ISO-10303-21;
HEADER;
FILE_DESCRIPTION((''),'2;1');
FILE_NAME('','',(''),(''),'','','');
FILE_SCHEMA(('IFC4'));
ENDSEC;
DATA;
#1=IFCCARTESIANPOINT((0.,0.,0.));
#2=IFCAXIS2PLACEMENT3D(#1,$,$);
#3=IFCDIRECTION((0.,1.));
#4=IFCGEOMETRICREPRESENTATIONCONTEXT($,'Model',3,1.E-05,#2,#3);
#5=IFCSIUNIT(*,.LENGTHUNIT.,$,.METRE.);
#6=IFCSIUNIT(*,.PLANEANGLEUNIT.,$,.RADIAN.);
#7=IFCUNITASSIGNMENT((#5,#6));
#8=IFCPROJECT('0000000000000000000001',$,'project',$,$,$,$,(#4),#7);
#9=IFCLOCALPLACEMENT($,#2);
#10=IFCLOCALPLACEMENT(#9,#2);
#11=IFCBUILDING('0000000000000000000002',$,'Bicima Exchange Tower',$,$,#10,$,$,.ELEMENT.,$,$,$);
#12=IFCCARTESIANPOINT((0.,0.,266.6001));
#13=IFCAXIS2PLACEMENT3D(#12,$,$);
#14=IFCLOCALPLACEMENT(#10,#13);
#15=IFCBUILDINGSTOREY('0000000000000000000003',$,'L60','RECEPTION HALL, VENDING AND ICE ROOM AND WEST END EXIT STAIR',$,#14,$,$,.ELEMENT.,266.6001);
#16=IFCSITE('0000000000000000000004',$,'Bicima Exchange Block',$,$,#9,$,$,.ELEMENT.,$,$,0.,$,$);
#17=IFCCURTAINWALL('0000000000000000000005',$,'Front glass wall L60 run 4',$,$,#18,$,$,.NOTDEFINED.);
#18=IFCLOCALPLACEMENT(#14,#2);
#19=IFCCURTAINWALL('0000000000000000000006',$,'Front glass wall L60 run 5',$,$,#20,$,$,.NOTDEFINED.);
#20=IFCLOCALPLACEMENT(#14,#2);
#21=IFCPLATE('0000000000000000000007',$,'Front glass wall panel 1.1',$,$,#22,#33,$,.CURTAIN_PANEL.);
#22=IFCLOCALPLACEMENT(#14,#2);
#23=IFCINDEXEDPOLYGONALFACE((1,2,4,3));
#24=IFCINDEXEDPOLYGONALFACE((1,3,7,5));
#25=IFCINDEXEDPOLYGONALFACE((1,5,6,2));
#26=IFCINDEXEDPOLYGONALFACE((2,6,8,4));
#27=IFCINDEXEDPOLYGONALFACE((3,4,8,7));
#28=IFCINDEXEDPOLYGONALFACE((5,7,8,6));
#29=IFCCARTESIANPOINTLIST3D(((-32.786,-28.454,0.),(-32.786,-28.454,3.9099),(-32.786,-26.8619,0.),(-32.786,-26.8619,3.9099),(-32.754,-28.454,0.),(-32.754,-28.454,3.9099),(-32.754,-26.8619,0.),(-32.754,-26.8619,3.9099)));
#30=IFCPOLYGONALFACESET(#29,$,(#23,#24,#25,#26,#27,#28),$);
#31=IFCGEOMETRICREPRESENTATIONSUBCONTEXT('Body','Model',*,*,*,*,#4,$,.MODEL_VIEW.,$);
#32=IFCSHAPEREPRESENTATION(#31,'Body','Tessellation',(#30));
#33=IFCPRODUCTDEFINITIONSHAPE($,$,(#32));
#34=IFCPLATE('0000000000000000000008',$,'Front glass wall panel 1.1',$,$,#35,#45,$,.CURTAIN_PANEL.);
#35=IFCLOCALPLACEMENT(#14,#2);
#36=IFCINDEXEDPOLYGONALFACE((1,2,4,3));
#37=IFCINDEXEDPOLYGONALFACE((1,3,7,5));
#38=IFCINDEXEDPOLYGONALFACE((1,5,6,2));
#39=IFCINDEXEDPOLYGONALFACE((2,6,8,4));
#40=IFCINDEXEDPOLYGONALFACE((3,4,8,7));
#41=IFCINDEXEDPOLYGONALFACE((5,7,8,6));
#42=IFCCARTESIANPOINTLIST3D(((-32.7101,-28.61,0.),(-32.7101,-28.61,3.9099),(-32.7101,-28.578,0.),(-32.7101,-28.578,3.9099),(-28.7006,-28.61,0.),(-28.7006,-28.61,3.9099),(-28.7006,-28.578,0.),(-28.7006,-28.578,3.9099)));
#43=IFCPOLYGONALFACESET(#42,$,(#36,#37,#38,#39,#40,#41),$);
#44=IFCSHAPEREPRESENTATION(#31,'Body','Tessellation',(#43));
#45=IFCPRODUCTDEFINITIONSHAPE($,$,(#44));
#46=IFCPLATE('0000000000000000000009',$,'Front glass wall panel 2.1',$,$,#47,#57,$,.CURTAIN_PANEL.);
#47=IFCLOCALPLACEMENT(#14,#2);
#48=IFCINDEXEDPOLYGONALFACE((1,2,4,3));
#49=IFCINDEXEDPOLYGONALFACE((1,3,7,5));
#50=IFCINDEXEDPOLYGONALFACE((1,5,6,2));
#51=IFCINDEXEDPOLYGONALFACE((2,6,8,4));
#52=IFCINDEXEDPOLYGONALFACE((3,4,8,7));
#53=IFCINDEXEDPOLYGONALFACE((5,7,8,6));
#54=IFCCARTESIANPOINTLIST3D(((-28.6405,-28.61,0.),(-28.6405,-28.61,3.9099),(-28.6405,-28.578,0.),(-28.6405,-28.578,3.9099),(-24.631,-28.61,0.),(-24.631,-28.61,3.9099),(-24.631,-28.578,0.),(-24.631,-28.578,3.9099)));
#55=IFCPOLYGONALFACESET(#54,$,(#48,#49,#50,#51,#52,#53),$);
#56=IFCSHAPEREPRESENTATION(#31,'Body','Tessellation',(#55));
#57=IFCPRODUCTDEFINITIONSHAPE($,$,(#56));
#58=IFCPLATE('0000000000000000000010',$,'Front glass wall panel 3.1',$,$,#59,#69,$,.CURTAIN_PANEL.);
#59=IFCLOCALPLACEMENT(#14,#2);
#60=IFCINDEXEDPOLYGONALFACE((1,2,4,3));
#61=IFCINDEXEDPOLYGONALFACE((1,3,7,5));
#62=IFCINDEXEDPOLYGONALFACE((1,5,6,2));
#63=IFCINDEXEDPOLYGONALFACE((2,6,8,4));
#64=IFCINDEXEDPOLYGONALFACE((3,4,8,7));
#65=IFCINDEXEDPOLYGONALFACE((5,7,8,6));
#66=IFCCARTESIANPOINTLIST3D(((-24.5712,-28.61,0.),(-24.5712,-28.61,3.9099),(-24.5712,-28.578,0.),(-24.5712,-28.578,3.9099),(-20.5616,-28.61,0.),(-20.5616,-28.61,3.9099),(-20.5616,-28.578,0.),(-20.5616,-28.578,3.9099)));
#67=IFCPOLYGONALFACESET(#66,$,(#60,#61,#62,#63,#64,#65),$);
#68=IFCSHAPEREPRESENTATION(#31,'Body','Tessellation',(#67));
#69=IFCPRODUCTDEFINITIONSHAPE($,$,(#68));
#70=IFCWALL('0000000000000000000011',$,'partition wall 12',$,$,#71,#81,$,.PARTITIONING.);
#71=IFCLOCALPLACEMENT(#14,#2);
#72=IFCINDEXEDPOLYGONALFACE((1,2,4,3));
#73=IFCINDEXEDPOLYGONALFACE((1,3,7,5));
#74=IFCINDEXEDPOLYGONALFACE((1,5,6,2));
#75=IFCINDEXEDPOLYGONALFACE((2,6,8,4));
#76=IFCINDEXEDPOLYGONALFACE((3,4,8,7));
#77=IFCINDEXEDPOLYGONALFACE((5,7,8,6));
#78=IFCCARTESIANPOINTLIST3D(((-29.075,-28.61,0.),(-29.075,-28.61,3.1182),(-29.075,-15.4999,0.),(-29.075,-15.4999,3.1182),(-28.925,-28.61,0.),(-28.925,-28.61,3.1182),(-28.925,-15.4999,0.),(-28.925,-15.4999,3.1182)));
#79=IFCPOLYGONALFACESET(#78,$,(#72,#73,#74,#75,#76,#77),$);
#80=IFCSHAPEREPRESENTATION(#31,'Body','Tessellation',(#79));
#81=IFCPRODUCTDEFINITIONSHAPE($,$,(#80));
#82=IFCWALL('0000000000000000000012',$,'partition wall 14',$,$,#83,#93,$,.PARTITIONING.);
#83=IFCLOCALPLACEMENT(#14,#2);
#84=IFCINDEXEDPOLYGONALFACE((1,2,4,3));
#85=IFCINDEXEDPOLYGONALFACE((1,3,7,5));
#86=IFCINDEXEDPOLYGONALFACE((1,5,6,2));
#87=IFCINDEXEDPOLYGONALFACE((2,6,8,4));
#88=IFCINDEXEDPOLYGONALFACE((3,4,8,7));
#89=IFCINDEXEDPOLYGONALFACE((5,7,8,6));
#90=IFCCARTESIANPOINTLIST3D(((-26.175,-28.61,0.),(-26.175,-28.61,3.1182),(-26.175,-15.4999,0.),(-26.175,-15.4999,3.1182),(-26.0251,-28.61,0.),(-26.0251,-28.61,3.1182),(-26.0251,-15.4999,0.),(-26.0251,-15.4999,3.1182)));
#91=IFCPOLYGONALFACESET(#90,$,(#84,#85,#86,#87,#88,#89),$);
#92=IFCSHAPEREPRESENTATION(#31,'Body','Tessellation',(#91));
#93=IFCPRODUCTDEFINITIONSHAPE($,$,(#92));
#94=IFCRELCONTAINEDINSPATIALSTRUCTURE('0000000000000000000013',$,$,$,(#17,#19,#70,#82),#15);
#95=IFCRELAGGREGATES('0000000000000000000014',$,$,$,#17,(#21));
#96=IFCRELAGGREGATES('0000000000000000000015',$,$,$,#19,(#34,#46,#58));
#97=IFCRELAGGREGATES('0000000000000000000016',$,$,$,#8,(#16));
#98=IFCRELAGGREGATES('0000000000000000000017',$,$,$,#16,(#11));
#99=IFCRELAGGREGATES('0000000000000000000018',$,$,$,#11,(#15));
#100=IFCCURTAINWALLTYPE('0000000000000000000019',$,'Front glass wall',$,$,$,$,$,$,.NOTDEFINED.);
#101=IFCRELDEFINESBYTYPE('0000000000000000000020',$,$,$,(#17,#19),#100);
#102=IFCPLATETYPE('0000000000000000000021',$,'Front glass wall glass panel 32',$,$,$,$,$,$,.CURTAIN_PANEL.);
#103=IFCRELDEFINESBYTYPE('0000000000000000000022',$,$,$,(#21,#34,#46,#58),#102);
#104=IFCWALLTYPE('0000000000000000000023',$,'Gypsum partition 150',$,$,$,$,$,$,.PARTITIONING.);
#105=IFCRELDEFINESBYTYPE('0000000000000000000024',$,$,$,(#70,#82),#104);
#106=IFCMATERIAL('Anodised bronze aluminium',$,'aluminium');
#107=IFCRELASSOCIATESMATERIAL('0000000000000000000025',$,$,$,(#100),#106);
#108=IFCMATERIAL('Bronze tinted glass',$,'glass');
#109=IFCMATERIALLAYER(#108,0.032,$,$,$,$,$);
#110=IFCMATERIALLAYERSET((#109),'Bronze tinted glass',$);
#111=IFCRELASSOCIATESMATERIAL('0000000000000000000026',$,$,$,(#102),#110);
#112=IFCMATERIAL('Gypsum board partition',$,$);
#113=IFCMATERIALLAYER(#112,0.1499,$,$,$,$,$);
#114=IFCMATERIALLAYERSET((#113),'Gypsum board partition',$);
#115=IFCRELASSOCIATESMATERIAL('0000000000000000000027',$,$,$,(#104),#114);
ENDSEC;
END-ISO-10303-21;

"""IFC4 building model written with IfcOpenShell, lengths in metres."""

from ifc_helpers import new_model, si_unit, direction, frame, frame_2d, origin, origin_2d, place, context, subcontext, project, spatial, rectangle, extrude, material, layer, layer_set, type_object, element, aggregate, save


model = new_model("IFC4")

# Units and contexts
model_context = context("Model", 3, precision=1e-05, world=origin(), true_north=direction((0.0, 1.0)))
body_context = subcontext(model_context, "Body", "Model", "MODEL_VIEW")
ifc_project = project(units=[si_unit("LENGTHUNIT", "METRE"), si_unit("PLANEANGLEUNIT", "RADIAN")], contexts=[model_context])

# Site, building, storey
site_placement = place(None, origin())
site = spatial("IfcSite", under=ifc_project, at=site_placement, Name="Bicima Exchange Block", CompositionType="ELEMENT", RefElevation=0.0)
building_placement = place(site_placement, origin())
building = spatial("IfcBuilding", under=site, at=building_placement, Name="Bicima Exchange Tower", CompositionType="ELEMENT")
storey_placement = place(building_placement, frame((0.0, 0.0, 266.6001)))
storey = spatial("IfcBuildingStorey", under=building, at=storey_placement, Name="L60", Description="RECEPTION HALL, VENDING AND ICE ROOM AND WEST END EXIT STAIR", CompositionType="ELEMENT", Elevation=266.6001)

# Curtain walls
ifc_material_1 = material(Name="Anodised bronze aluminium", Category="aluminium")
curtain_wall_type = type_object("IfcCurtainWallType", Name="Front glass wall", PredefinedType="NOTDEFINED", material=ifc_material_1)
curtain_wall_1_placement = place(storey_placement, origin())
curtain_wall_1 = element("IfcCurtainWall", 1, at=curtain_wall_1_placement, inside=storey, type_object=curtain_wall_type, Name="Front glass wall L60 run 4", PredefinedType="NOTDEFINED")
curtain_wall_2_placement = place(storey_placement, origin())
curtain_wall_2 = element("IfcCurtainWall", 2, at=curtain_wall_2_placement, inside=storey, type_object=curtain_wall_type, Name="Front glass wall L60 run 5", PredefinedType="NOTDEFINED")

# Plates
ifc_material_2 = material(Name="Bronze tinted glass", Category="glass")
ifc_layer_1 = layer(ifc_material_2, 0.032)
ifc_layer_set_1 = layer_set([ifc_layer_1], Name="Bronze tinted glass")
plate_type = type_object("IfcPlateType", Name="Front glass wall glass panel 32", PredefinedType="CURTAIN_PANEL", material=ifc_layer_set_1)
plate_1_placement = place(storey_placement, frame((-32.77, -27.658, 0.0), z_axis=(0.0, 0.0, 1.0), x_axis=(0.0, -1.0, 0.0)))
plate_1 = element("IfcPlate", 3, at=plate_1_placement, type_object=plate_type, Name="Front glass wall panel 1.1", PredefinedType="CURTAIN_PANEL", context=body_context, shape_type="SweptSolid", body=[
    extrude(rectangle(XDim=1.592, YDim=0.032, at=origin_2d()), origin(), (0.0, 0.0, 1.0), 3.9099),
])
aggregate(curtain_wall_1, [plate_1])
plate_2_placement = place(storey_placement, frame((-30.7053, -28.594, 0.0), z_axis=(0.0, 0.0, 1.0), x_axis=(1.0, 0.0, 0.0)))
plate_2 = element("IfcPlate", 4, at=plate_2_placement, type_object=plate_type, Name="Front glass wall panel 1.1", PredefinedType="CURTAIN_PANEL", context=body_context, shape_type="SweptSolid", body=[
    extrude(rectangle(XDim=4.0095, YDim=0.032, at=origin_2d()), origin(), (0.0, 0.0, 1.0), 3.9099),
])
plate_3_placement = place(storey_placement, frame((-26.6357, -28.594, 0.0), z_axis=(0.0, 0.0, 1.0), x_axis=(1.0, 0.0, 0.0)))
plate_3 = element("IfcPlate", 5, at=plate_3_placement, type_object=plate_type, Name="Front glass wall panel 2.1", PredefinedType="CURTAIN_PANEL", context=body_context, shape_type="SweptSolid", body=[
    extrude(rectangle(XDim=4.0095, YDim=0.032, at=origin_2d()), origin(), (0.0, 0.0, 1.0), 3.9099),
])
plate_4_placement = place(storey_placement, frame((-22.5664, -28.594, 0.0), z_axis=(0.0, 0.0, 1.0), x_axis=(1.0, 0.0, 0.0)))
plate_4 = element("IfcPlate", 6, at=plate_4_placement, type_object=plate_type, Name="Front glass wall panel 3.1", PredefinedType="CURTAIN_PANEL", context=body_context, shape_type="SweptSolid", body=[
    extrude(rectangle(XDim=4.0095, YDim=0.032, at=origin_2d()), origin(), (0.0, 0.0, 1.0), 3.9099),
])
aggregate(curtain_wall_2, [plate_2, plate_3, plate_4])

# Walls
ifc_material_3 = material(Name="Gypsum board partition")
ifc_layer_2 = layer(ifc_material_3, 0.1499)
ifc_layer_set_2 = layer_set([ifc_layer_2], Name="Gypsum board partition")
wall_type = type_object("IfcWallType", Name="Gypsum partition 150", PredefinedType="PARTITIONING", material=ifc_layer_set_2)
for number, where, z_axis, x_axis, name in (
    (7, (-29.0, -28.6101, 0.0), (0.0, 0.0, 1.0), (0.0, 1.0, 0.0), "partition wall 12"),
    (8, (-26.1001, -28.6101, 0.0), (0.0, 0.0, 1.0), (0.0, 1.0, 0.0), "partition wall 14"),
):
    element("IfcWall", number, at=place(storey_placement, frame(where, z_axis=z_axis, x_axis=x_axis)), inside=storey, type_object=wall_type, Name=name, PredefinedType="PARTITIONING", context=body_context, shape_type="SweptSolid", body=[
        extrude(rectangle(XDim=13.1101, YDim=0.1499, at=frame_2d((6.5552, 0.0))), origin(), (0.0, 0.0, 1.0), 3.1182),
    ])

save(model, "model.ifc")
